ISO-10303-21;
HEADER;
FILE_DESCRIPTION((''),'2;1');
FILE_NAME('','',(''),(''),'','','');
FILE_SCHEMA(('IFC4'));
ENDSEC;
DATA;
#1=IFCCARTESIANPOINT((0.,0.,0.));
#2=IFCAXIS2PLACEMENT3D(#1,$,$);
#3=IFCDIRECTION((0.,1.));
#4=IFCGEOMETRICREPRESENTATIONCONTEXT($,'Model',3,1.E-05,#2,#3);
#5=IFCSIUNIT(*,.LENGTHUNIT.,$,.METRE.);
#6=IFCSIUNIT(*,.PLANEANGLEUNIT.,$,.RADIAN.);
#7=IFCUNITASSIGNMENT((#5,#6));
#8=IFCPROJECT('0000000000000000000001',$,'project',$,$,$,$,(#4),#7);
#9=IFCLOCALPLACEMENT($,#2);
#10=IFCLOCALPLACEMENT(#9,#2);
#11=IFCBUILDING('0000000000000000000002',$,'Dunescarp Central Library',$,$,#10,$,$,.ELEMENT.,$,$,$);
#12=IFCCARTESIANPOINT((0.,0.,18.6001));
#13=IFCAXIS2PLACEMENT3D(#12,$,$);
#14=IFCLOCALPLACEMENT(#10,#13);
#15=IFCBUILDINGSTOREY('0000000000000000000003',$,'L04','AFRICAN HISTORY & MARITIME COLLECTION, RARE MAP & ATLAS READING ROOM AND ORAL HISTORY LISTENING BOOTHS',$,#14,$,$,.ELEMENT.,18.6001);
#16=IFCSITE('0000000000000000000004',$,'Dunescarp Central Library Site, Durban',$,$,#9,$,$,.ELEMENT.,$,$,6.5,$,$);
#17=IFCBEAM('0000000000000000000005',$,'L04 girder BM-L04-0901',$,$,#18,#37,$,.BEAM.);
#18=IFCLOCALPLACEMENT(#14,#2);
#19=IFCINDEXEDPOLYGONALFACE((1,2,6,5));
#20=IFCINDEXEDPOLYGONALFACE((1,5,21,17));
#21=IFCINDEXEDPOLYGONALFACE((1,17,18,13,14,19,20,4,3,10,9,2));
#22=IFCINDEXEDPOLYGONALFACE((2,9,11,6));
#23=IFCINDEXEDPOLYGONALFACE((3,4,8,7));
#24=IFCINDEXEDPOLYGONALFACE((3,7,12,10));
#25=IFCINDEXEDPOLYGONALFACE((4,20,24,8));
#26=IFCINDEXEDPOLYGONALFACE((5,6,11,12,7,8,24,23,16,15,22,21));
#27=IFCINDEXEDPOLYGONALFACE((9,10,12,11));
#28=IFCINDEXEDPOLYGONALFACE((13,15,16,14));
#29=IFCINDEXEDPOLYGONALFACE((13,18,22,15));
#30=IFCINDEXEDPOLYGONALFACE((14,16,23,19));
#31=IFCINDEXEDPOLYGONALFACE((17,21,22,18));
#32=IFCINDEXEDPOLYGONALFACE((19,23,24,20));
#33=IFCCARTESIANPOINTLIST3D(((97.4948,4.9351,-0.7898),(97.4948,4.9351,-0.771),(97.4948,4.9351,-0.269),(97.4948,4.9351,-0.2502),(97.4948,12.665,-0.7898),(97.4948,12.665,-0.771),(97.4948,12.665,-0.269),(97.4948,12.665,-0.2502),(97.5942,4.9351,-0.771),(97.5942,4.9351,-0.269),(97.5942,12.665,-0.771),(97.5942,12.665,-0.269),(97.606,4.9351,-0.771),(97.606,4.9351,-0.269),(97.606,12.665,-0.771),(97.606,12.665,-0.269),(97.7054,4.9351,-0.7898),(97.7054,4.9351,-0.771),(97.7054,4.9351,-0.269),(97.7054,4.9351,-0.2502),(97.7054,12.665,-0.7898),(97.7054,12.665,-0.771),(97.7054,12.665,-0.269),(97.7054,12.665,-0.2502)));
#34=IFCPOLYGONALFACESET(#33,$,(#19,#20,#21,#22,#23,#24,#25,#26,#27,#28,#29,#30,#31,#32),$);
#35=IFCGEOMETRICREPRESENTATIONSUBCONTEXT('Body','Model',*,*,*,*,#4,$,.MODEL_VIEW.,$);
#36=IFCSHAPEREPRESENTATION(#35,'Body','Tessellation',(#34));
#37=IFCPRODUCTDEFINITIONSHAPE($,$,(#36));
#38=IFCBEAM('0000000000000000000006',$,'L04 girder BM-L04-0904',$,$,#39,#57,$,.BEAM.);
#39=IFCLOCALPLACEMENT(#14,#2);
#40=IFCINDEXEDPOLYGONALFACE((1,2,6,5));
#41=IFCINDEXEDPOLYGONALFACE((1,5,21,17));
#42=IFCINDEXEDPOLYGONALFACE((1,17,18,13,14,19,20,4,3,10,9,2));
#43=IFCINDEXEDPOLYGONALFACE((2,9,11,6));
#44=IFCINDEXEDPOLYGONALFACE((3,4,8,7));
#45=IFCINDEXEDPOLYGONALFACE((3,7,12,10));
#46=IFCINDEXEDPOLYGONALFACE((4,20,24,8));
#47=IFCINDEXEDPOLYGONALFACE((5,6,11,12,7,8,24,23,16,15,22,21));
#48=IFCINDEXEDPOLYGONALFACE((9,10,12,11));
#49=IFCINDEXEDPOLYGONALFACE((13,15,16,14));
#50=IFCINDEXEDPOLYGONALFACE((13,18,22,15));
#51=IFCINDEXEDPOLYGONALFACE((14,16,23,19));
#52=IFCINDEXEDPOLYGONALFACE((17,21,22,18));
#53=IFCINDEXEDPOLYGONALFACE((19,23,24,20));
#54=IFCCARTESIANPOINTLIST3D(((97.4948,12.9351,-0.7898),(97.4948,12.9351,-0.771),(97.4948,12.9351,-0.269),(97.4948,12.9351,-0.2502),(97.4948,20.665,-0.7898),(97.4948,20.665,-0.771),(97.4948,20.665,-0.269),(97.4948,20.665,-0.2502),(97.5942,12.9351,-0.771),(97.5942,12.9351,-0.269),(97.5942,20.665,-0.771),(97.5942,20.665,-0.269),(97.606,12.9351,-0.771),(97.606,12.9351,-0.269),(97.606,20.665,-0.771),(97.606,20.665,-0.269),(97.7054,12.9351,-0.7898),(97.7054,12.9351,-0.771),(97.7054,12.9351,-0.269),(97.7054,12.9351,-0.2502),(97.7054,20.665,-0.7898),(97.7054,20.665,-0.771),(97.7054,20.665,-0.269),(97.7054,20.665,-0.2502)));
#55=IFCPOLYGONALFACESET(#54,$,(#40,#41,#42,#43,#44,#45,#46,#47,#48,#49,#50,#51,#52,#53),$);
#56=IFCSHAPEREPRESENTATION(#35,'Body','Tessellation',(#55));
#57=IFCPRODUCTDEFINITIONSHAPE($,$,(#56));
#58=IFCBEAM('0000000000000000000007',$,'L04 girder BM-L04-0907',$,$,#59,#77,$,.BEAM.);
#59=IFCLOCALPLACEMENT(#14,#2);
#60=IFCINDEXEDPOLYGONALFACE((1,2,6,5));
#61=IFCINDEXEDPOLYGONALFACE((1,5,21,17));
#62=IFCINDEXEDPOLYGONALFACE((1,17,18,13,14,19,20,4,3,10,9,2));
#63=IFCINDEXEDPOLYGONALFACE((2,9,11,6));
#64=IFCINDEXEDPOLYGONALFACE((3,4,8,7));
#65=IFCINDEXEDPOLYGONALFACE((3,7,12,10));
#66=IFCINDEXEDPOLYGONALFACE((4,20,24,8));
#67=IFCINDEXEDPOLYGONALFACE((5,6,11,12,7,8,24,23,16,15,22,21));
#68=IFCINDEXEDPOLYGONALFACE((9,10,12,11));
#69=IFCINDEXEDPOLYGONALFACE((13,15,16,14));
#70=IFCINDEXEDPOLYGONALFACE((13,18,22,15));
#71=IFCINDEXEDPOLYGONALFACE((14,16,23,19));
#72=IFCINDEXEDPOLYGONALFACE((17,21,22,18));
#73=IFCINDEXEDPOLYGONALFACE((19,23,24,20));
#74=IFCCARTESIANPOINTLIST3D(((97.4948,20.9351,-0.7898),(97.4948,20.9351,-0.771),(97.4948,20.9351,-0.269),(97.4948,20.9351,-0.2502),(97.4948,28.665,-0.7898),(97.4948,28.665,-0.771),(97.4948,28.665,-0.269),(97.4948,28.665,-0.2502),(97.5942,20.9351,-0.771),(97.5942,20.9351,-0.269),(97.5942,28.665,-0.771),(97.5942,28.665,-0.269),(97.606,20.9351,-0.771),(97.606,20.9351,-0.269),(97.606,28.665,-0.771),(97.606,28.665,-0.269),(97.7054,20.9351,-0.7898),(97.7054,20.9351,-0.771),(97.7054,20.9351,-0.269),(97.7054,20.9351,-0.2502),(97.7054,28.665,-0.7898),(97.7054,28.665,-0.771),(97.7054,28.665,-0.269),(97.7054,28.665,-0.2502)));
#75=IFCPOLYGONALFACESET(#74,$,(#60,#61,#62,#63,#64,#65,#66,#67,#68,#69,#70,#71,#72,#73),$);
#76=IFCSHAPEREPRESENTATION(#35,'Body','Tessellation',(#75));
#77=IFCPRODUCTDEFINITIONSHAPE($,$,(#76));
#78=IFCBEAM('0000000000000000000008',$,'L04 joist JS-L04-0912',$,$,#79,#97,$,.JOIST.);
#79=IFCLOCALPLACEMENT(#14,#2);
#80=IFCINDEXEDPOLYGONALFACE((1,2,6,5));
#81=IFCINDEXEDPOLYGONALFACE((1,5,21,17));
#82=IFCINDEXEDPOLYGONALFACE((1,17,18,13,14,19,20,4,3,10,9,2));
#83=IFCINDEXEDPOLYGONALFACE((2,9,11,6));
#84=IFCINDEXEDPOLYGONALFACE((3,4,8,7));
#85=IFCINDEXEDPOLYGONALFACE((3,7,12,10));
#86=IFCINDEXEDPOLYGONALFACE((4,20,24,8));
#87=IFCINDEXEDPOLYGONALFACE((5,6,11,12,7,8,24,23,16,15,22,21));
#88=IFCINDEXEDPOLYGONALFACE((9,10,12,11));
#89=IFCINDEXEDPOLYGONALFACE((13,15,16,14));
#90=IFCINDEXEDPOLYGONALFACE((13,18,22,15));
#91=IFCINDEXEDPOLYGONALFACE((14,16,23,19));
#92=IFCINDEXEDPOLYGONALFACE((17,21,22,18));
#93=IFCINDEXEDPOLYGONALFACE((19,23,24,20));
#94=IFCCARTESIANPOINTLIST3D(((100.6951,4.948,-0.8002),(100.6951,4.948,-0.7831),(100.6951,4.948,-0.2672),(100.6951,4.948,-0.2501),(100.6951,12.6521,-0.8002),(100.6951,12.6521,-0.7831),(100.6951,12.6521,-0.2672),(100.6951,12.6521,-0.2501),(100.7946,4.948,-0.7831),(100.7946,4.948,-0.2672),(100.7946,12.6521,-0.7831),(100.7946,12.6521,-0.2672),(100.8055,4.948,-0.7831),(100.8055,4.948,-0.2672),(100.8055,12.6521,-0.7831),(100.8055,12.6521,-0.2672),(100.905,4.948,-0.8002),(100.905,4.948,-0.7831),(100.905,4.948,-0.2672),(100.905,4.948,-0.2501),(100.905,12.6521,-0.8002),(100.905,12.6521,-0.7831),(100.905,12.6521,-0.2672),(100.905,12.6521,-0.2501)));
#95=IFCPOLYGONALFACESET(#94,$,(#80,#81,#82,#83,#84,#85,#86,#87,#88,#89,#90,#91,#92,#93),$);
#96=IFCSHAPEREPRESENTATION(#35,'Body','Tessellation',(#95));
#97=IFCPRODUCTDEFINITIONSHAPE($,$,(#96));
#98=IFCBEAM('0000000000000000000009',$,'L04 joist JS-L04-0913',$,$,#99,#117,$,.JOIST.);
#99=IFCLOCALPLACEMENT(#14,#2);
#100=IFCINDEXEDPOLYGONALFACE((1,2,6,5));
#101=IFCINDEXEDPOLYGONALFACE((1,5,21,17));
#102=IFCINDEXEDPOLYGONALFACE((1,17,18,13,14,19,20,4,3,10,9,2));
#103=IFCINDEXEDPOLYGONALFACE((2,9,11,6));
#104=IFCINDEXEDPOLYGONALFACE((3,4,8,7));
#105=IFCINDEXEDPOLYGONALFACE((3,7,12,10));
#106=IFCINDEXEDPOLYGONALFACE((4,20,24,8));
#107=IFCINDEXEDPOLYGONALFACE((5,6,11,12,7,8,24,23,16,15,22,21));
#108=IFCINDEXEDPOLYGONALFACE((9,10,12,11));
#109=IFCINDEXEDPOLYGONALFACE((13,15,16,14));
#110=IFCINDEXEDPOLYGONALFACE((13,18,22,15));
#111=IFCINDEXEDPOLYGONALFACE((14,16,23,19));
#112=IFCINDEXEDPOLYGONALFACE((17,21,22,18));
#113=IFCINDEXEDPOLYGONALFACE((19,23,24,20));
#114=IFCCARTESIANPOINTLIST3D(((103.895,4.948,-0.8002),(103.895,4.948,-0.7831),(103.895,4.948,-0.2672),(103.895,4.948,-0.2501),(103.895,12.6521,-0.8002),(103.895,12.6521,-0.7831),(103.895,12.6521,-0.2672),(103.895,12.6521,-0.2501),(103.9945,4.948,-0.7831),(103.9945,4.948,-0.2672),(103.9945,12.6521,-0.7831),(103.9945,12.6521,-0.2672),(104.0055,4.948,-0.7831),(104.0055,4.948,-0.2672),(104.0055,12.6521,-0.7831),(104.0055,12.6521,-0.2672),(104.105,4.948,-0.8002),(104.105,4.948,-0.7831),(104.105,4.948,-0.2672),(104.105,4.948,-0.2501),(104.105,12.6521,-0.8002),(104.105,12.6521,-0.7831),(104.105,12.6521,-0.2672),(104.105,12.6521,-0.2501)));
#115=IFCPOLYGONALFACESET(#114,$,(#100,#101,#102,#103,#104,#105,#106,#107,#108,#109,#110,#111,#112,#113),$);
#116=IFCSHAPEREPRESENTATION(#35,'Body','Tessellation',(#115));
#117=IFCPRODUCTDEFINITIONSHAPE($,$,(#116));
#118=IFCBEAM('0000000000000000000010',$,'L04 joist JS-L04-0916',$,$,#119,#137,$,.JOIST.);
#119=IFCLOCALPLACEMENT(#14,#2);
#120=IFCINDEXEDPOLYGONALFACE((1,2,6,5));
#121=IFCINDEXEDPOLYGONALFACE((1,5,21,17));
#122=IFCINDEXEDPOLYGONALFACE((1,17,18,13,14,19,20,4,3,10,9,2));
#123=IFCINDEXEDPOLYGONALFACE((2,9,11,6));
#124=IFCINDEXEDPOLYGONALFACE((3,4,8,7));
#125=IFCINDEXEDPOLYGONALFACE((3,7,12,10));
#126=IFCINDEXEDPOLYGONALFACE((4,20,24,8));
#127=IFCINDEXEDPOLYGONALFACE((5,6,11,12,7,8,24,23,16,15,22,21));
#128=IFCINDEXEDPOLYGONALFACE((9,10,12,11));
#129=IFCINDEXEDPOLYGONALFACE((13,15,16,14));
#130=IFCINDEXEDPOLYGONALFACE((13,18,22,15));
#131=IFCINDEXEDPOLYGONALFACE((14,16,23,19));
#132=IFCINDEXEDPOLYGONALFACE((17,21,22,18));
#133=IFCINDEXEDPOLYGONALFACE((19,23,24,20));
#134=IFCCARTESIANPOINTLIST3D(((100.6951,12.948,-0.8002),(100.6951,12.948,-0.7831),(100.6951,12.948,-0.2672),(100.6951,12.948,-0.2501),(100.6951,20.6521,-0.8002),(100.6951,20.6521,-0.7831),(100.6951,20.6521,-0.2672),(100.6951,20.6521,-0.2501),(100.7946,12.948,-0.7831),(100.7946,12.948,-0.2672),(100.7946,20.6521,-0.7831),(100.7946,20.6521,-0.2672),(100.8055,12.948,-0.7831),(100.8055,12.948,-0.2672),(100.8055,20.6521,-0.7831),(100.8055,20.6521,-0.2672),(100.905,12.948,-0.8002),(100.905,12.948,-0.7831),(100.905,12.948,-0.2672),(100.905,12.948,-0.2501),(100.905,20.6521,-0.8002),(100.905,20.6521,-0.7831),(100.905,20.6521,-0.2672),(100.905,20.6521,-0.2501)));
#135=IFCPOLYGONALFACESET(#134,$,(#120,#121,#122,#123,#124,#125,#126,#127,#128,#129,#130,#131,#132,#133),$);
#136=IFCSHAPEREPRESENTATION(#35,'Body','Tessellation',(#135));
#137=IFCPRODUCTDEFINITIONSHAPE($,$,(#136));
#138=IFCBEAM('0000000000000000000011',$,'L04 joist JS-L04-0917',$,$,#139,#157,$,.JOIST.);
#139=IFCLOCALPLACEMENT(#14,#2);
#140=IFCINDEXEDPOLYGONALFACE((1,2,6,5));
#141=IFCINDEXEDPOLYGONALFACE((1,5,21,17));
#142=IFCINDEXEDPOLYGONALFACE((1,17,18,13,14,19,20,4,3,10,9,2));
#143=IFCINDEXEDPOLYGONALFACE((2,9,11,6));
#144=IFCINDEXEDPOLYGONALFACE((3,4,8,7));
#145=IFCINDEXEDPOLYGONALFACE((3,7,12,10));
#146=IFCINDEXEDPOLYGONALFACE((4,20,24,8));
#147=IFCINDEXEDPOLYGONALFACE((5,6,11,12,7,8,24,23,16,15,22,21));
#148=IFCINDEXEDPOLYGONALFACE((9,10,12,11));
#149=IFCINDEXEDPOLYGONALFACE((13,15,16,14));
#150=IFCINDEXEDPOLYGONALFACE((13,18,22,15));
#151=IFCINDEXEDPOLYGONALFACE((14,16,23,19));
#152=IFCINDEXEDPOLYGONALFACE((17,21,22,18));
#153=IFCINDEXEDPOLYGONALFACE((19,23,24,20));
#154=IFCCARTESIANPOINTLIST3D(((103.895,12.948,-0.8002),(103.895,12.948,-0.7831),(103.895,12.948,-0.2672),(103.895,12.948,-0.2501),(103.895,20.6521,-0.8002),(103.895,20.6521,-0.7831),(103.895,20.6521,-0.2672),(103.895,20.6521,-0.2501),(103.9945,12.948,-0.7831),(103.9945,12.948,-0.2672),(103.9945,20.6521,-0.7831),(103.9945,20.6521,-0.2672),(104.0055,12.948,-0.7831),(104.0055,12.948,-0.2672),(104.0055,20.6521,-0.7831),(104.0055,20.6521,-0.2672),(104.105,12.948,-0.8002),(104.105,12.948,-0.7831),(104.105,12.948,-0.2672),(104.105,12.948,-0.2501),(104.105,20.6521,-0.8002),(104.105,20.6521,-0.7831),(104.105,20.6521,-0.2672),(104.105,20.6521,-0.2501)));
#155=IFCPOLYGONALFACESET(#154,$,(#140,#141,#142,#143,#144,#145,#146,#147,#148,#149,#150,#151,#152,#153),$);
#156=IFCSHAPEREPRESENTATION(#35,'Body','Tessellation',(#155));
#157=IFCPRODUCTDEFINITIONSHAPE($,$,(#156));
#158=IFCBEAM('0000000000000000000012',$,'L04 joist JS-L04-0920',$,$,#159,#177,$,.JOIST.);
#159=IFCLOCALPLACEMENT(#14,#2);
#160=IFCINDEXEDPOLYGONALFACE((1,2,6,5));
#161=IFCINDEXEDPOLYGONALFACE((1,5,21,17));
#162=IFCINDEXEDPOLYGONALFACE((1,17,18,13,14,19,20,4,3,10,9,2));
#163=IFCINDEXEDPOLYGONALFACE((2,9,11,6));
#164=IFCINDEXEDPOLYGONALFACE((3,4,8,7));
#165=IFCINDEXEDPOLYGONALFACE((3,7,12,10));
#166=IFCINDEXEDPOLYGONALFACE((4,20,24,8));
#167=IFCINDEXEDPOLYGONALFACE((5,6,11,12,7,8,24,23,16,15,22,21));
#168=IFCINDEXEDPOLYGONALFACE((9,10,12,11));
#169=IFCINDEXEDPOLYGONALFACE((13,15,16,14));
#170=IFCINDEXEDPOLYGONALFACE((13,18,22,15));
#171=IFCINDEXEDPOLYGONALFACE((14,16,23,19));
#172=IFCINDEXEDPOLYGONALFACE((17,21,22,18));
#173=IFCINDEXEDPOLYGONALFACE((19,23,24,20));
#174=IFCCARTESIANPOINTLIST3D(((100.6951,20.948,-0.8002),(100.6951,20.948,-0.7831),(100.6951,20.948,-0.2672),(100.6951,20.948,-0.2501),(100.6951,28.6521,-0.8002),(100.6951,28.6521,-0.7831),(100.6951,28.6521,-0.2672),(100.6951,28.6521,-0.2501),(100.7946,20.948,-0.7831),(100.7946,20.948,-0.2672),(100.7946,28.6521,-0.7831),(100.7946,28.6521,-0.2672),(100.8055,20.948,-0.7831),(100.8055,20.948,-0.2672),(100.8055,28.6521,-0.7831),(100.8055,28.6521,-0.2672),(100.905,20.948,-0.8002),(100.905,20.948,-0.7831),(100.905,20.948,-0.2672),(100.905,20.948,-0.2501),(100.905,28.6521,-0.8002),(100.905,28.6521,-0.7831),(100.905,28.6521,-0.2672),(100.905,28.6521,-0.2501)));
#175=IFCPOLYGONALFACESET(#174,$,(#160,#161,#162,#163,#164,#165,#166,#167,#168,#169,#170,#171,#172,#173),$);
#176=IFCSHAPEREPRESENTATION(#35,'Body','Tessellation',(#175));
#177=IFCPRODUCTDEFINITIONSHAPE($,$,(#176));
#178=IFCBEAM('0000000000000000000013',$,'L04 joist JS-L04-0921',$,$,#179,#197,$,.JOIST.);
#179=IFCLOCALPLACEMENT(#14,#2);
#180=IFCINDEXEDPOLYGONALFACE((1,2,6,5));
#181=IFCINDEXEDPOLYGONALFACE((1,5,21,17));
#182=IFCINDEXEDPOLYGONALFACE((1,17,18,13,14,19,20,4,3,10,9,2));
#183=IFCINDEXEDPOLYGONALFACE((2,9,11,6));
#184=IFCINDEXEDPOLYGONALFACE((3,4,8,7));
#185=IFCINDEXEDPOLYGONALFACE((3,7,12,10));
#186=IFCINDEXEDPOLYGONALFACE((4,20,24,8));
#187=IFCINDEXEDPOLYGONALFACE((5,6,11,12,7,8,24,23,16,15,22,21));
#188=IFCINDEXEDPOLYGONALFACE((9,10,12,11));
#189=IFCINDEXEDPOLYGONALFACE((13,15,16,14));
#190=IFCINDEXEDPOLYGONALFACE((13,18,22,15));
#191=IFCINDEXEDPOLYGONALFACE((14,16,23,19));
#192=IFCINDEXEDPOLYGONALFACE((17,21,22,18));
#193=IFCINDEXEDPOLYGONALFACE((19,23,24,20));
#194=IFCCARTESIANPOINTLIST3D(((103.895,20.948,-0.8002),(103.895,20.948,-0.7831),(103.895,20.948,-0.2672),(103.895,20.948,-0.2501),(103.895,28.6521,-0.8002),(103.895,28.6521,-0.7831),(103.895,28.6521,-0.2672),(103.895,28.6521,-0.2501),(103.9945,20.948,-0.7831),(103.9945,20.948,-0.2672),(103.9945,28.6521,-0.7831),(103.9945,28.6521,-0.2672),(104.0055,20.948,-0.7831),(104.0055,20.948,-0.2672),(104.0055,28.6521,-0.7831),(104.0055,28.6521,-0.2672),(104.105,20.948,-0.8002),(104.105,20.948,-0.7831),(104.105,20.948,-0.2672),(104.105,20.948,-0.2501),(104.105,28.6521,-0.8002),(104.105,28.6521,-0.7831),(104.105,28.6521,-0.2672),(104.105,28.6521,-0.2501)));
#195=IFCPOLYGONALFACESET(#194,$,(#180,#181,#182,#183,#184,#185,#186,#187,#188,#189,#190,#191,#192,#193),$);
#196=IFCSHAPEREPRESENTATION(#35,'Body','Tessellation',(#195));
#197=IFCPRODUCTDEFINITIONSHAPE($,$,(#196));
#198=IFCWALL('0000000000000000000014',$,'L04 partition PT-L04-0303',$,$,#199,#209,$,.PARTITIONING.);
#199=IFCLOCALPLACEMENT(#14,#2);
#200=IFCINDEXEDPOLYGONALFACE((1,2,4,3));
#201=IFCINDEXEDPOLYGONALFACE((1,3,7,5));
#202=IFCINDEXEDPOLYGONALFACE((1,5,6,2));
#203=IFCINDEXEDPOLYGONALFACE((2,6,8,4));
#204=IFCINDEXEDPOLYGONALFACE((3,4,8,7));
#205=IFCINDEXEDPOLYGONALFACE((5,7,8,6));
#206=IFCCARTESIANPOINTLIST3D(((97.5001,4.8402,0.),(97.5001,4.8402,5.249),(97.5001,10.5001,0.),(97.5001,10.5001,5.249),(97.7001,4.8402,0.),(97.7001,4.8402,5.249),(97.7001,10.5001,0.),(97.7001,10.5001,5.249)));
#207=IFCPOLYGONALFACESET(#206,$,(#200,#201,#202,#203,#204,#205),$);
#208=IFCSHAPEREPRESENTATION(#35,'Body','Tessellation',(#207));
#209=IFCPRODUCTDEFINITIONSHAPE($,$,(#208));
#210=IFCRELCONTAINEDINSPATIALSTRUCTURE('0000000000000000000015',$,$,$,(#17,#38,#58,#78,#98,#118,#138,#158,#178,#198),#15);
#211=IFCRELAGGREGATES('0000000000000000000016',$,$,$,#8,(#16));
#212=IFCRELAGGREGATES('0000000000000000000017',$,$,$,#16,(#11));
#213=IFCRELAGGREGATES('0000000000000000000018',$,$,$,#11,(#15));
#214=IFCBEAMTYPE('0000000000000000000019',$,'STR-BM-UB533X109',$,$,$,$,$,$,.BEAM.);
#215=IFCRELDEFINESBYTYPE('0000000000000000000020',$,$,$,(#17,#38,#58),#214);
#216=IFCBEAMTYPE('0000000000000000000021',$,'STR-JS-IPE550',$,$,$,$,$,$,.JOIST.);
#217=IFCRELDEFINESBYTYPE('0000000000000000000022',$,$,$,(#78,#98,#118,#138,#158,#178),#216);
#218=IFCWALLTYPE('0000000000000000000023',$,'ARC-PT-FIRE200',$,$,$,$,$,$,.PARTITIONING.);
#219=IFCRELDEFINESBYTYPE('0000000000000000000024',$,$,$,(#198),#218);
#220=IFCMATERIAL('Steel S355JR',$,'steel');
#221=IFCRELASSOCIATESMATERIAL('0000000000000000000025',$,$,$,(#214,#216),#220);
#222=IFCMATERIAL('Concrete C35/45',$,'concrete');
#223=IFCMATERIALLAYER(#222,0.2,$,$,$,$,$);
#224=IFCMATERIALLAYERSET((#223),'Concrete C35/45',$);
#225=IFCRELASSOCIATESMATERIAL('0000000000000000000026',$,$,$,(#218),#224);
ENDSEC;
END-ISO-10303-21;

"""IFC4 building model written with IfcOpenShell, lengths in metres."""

from ifc_helpers import new_model, si_unit, direction, frame, frame_2d, origin, origin_2d, place, context, subcontext, project, spatial, rectangle, i_section, extrude, material, layer, layer_set, material_profile, profile_set, type_object, element, save


model = new_model("IFC4")

# Units and contexts
model_context = context("Model", 3, precision=1e-05, world=origin(), true_north=direction((0.0, 1.0)))
body_context = subcontext(model_context, "Body", "Model", "MODEL_VIEW")
ifc_project = project(units=[si_unit("LENGTHUNIT", "METRE"), si_unit("PLANEANGLEUNIT", "RADIAN")], contexts=[model_context])

# Site, building, storey
site_placement = place(None, origin())
site = spatial("IfcSite", under=ifc_project, at=site_placement, Name="Dunescarp Central Library Site, Durban", CompositionType="ELEMENT", RefElevation=6.5)
building_placement = place(site_placement, origin())
building = spatial("IfcBuilding", under=site, at=building_placement, Name="Dunescarp Central Library", CompositionType="ELEMENT")
storey_placement = place(building_placement, frame((0.0, 0.0, 18.6001)))
storey = spatial("IfcBuildingStorey", under=building, at=storey_placement, Name="L04", Description="AFRICAN HISTORY & MARITIME COLLECTION, RARE MAP & ATLAS READING ROOM AND ORAL HISTORY LISTENING BOOTHS", CompositionType="ELEMENT", Elevation=18.6001)

# Shared definitions
ifc_material_1 = material(Name="Steel S355JR", Category="steel")

# Beams
ifc_material_profile_1 = material_profile(ifc_material_1, i_section(OverallWidth=0.2107, OverallDepth=0.5396, WebThickness=0.0117, FlangeThickness=0.0188, at=origin_2d()), Name="UB 533x210x109")
ifc_profile_set_1 = profile_set([ifc_material_profile_1], Name="Steel S355JR")
beam_type_1 = type_object("IfcBeamType", Name="STR-BM-UB533X109", PredefinedType="BEAM", material=ifc_profile_set_1)
for number, where, z_axis, x_axis, name in (
    (1, (97.6001, 4.9351, -0.52), (0.0, 1.0, 0.0), (-1.0, 0.0, 0.0), "L04 girder BM-L04-0901"),
    (2, (97.6001, 12.9351, -0.52), (0.0, 1.0, 0.0), (-1.0, 0.0, 0.0), "L04 girder BM-L04-0904"),
    (3, (97.6001, 20.9351, -0.52), (0.0, 1.0, 0.0), (-1.0, 0.0, 0.0), "L04 girder BM-L04-0907"),
):
    element("IfcBeam", number, at=place(storey_placement, frame(where, z_axis=z_axis, x_axis=x_axis)), inside=storey, type_object=beam_type_1, Name=name, PredefinedType="BEAM", context=body_context, shape_type="SweptSolid", body=[
        extrude(i_section(OverallWidth=0.2107, OverallDepth=0.5396, WebThickness=0.0117, FlangeThickness=0.0188, at=origin_2d()), origin(), (0.0, 0.0, 1.0), 7.73),
    ])
ifc_material_profile_2 = material_profile(ifc_material_1, i_section(OverallWidth=0.21, OverallDepth=0.55, WebThickness=0.011, FlangeThickness=0.0171, at=origin_2d()), Name="IPE 550")
ifc_profile_set_2 = profile_set([ifc_material_profile_2], Name="Steel S355JR")
beam_type_2 = type_object("IfcBeamType", Name="STR-JS-IPE550", PredefinedType="JOIST", material=ifc_profile_set_2)
for number, where, z_axis, x_axis, name in (
    (4, (100.8, 4.948, -0.5251), (0.0, 1.0, 0.0), (-1.0, 0.0, 0.0), "L04 joist JS-L04-0912"),
    (5, (104.0, 4.948, -0.5251), (0.0, 1.0, 0.0), (-1.0, 0.0, 0.0), "L04 joist JS-L04-0913"),
    (6, (100.8, 12.948, -0.5251), (0.0, 1.0, 0.0), (-1.0, 0.0, 0.0), "L04 joist JS-L04-0916"),
    (7, (104.0, 12.948, -0.5251), (0.0, 1.0, 0.0), (-1.0, 0.0, 0.0), "L04 joist JS-L04-0917"),
    (8, (100.8, 20.948, -0.5251), (0.0, 1.0, 0.0), (-1.0, 0.0, 0.0), "L04 joist JS-L04-0920"),
    (9, (104.0, 20.948, -0.5251), (0.0, 1.0, 0.0), (-1.0, 0.0, 0.0), "L04 joist JS-L04-0921"),
):
    element("IfcBeam", number, at=place(storey_placement, frame(where, z_axis=z_axis, x_axis=x_axis)), inside=storey, type_object=beam_type_2, Name=name, PredefinedType="JOIST", context=body_context, shape_type="SweptSolid", body=[
        extrude(i_section(OverallWidth=0.21, OverallDepth=0.55, WebThickness=0.011, FlangeThickness=0.0171, at=origin_2d()), origin(), (0.0, 0.0, 1.0), 7.7041),
    ])

# Wall
ifc_material_2 = material(Name="Concrete C35/45", Category="concrete")
ifc_layer_1 = layer(ifc_material_2, 0.2)
ifc_layer_set_1 = layer_set([ifc_layer_1], Name="Concrete C35/45")
wall_type_1 = type_object("IfcWallType", Name="ARC-PT-FIRE200", PredefinedType="PARTITIONING", material=ifc_layer_set_1)
wall_1_placement = place(storey_placement, frame((97.6001, 4.8401, 0.0), z_axis=(0.0, 0.0, 1.0), x_axis=(0.0, 1.0, 0.0)))
element("IfcWall", 10, at=wall_1_placement, inside=storey, type_object=wall_type_1, Name="L04 partition PT-L04-0303", PredefinedType="PARTITIONING", context=body_context, shape_type="SweptSolid", body=[
    extrude(rectangle(XDim=5.6599, YDim=0.2, at=frame_2d((2.8301, 0.0))), origin(), (0.0, 0.0, 1.0), 5.249),
])

save(model, "model.ifc")
